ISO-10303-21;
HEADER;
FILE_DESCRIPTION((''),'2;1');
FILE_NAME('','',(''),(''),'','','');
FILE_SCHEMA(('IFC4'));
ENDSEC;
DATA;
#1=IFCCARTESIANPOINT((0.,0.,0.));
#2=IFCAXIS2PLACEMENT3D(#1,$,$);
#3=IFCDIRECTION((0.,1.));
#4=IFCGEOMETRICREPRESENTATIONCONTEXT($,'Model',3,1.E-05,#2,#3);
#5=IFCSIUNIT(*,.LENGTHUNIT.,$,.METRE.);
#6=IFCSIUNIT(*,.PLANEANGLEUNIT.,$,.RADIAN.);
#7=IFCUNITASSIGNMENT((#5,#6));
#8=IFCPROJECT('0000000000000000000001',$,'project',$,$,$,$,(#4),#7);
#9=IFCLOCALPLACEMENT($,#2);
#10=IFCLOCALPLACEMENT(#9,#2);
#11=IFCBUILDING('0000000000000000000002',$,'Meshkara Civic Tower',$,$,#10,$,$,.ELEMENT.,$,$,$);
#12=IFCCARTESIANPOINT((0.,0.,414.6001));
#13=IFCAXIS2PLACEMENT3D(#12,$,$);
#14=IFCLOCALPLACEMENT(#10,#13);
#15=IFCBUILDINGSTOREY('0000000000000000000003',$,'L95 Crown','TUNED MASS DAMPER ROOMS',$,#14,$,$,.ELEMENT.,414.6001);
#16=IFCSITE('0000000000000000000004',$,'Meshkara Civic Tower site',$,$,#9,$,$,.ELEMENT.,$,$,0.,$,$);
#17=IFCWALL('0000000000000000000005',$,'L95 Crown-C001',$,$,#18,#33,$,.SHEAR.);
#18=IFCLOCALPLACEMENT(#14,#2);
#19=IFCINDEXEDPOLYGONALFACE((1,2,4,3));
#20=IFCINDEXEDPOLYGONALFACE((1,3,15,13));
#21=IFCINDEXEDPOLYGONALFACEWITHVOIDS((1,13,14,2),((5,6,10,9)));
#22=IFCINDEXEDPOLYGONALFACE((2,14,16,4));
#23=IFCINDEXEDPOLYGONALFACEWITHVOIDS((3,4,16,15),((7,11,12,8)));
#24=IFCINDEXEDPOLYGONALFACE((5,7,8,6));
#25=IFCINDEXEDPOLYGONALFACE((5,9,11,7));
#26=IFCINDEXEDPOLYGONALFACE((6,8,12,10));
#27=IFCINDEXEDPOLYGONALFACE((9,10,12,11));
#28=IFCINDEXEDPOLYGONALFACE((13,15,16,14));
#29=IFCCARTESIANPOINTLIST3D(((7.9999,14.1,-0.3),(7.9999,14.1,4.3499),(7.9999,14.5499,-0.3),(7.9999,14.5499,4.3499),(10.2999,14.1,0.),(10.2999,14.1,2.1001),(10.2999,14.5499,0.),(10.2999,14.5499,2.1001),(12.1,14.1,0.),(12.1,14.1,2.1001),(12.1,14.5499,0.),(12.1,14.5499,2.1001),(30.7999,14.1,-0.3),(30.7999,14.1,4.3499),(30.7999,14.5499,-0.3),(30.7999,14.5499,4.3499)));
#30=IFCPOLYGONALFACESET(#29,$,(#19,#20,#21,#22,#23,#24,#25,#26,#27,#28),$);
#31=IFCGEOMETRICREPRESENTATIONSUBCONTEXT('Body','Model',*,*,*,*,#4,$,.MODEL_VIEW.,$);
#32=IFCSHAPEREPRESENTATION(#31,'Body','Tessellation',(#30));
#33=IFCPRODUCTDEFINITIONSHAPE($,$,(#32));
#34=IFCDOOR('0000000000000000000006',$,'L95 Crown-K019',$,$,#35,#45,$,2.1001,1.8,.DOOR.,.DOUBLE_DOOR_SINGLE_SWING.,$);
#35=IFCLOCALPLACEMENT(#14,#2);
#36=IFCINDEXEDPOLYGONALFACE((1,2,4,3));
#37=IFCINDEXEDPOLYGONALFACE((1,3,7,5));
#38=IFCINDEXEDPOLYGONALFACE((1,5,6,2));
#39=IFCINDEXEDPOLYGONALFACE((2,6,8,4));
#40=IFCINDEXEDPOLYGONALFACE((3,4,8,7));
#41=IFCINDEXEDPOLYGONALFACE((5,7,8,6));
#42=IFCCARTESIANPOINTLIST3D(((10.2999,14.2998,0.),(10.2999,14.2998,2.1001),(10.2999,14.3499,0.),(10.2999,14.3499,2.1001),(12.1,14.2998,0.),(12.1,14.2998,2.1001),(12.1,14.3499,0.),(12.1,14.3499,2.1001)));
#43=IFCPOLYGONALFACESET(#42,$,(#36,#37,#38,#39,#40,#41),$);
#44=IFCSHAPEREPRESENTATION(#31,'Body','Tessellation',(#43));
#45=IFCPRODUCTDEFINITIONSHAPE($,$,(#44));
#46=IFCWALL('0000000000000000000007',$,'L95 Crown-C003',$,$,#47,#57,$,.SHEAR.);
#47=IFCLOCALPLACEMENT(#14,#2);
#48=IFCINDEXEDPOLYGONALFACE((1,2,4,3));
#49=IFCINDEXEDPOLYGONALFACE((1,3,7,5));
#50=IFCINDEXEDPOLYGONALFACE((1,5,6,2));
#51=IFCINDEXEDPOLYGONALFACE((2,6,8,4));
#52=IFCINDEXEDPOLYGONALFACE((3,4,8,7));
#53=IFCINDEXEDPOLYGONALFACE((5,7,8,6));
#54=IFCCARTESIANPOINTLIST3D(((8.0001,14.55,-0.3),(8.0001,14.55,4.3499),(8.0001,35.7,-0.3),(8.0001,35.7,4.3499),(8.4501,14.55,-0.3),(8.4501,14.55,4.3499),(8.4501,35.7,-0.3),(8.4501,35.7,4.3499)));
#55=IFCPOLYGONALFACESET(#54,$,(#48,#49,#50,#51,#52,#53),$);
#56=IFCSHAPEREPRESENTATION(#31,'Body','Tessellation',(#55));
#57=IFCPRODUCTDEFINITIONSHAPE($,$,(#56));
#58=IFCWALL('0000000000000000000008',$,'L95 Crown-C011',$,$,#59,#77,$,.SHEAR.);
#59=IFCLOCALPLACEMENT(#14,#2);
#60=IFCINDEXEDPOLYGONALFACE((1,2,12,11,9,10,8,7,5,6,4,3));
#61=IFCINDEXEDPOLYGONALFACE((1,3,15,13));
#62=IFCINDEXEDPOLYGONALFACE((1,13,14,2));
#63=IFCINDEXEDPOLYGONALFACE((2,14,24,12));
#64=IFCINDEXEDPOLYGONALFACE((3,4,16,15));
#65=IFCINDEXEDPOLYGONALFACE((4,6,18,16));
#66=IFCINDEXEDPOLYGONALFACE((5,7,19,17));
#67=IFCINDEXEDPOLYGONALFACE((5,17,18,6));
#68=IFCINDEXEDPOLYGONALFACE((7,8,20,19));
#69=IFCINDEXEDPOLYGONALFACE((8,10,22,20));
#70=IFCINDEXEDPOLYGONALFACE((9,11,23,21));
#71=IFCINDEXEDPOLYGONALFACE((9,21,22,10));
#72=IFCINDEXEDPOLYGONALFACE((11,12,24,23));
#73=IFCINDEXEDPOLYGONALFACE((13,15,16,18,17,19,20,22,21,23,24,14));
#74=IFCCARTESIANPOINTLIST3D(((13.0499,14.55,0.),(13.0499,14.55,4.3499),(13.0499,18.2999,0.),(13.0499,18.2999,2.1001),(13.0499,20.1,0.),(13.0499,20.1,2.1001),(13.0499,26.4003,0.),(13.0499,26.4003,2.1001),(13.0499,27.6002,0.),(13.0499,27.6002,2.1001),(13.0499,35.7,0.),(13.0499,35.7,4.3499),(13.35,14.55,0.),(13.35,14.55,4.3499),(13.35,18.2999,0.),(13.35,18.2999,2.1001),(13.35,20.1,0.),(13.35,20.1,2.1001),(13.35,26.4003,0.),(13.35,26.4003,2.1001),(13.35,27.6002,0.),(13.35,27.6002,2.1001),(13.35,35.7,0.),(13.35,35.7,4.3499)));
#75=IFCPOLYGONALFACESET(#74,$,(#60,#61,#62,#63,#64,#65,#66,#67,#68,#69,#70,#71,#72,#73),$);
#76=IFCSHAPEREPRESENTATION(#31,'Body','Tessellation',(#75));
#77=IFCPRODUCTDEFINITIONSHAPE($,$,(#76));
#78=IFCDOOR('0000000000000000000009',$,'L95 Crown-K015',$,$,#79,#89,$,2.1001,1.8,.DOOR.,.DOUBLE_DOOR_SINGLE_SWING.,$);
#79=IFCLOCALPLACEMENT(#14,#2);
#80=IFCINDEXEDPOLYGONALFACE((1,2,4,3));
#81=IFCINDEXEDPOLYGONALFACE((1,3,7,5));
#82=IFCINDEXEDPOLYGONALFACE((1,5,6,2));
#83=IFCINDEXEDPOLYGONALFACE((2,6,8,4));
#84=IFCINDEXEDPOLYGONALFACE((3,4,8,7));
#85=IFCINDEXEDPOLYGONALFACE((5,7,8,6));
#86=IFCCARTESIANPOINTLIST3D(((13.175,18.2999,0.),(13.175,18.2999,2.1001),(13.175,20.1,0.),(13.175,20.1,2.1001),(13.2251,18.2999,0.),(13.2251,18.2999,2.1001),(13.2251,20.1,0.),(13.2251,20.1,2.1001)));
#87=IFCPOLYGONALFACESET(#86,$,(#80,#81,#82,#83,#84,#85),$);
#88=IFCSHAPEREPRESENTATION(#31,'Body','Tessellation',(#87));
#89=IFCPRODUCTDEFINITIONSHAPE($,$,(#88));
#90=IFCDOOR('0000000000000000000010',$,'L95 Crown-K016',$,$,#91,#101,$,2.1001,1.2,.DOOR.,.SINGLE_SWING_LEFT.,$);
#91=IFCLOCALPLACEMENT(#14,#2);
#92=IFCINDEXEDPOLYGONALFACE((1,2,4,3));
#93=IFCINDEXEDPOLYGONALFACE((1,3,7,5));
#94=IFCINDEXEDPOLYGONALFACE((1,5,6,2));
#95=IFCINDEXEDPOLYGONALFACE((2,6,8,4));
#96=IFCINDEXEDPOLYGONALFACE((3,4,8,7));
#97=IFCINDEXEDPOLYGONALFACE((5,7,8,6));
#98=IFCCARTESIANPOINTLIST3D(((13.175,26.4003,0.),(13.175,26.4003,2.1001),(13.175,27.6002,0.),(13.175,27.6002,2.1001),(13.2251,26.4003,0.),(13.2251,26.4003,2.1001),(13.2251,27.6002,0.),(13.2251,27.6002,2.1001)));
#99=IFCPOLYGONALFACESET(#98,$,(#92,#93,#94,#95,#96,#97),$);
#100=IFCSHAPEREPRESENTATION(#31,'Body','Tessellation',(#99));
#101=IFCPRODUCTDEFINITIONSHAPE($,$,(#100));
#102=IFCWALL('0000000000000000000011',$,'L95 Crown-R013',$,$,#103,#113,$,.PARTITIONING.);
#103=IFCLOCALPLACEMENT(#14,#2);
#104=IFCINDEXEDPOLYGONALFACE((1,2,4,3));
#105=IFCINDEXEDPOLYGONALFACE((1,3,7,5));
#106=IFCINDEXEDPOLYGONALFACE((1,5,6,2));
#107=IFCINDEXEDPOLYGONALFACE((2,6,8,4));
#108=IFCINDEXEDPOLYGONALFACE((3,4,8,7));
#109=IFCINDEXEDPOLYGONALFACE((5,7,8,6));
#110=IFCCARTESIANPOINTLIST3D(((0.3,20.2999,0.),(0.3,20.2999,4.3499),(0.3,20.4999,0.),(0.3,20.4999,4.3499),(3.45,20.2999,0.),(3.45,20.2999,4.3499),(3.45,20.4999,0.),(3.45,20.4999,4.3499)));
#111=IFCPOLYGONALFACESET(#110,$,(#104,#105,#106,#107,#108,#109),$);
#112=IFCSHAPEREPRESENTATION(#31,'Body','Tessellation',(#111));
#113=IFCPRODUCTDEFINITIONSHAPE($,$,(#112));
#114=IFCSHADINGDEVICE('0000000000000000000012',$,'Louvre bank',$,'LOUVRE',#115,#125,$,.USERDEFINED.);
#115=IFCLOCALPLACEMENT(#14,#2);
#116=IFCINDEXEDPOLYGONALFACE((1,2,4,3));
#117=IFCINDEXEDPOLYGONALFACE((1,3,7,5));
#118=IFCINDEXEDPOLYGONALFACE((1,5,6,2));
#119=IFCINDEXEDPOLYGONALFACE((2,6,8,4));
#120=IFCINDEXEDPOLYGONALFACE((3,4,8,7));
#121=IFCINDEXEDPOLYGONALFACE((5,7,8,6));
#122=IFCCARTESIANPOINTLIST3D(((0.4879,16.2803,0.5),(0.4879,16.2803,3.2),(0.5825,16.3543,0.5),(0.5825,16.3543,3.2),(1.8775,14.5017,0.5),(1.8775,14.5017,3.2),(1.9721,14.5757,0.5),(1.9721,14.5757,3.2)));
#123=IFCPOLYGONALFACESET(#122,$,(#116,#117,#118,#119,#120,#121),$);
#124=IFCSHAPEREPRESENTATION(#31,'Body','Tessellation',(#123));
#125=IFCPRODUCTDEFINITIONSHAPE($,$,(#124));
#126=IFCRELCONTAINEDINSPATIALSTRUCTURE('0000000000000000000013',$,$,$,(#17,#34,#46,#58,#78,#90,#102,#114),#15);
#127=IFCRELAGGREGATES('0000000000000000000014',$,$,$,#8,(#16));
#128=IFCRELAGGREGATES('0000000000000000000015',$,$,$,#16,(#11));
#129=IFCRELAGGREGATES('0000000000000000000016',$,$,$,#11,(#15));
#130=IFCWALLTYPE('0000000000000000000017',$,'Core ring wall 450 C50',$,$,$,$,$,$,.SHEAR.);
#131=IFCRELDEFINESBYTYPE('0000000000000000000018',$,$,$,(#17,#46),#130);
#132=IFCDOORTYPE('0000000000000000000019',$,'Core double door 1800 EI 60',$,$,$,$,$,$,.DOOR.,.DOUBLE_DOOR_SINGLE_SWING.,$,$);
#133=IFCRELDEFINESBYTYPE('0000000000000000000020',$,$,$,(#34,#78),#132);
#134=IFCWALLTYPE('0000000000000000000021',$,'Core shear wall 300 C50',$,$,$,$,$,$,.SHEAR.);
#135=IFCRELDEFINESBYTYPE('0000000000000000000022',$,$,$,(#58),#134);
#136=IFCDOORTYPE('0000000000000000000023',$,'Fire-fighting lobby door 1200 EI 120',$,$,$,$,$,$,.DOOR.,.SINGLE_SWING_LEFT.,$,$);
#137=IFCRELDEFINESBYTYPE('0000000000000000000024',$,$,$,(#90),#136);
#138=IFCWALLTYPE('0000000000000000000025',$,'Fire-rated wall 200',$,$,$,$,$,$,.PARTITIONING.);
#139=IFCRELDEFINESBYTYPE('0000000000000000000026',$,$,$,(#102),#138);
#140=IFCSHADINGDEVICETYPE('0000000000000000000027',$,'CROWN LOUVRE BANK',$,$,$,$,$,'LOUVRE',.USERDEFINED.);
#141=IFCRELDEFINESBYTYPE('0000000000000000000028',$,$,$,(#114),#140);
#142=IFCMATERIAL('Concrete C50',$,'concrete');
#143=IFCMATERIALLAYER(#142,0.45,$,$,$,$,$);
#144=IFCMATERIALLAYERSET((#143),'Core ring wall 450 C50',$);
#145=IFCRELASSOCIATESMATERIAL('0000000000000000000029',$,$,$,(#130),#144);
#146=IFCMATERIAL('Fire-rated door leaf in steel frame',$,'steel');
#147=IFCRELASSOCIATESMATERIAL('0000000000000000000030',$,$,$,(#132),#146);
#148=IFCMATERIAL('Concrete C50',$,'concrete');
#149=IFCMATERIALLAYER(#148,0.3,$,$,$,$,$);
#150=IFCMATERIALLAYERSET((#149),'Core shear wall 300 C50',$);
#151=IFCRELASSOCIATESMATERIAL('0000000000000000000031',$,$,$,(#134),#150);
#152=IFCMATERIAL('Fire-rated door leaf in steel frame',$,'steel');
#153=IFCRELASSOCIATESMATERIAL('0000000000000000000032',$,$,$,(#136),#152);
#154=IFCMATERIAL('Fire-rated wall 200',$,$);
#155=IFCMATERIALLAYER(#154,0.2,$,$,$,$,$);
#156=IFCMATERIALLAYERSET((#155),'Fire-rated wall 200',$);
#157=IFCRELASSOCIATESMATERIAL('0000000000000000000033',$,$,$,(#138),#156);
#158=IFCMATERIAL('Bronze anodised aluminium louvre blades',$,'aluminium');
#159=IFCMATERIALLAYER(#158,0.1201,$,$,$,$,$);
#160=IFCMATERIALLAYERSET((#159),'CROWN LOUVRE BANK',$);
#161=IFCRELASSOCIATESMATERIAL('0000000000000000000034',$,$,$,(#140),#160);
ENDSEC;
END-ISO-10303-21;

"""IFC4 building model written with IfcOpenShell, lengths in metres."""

from ifc_helpers import new_model, si_unit, direction, frame, frame_2d, origin, origin_2d, place, context, subcontext, project, spatial, rectangle, extrude, material, layer, layer_set, type_object, element, fill, save


model = new_model("IFC4")

# Units and contexts
model_context = context("Model", 3, precision=1e-05, world=origin(), true_north=direction((0.0, 1.0)))
body_context = subcontext(model_context, "Body", "Model", "MODEL_VIEW")
ifc_project = project(units=[si_unit("LENGTHUNIT", "METRE"), si_unit("PLANEANGLEUNIT", "RADIAN")], contexts=[model_context])

# Site, building, storey
site_placement = place(None, origin())
site = spatial("IfcSite", under=ifc_project, at=site_placement, Name="Meshkara Civic Tower site", CompositionType="ELEMENT", RefElevation=0.0)
building_placement = place(site_placement, origin())
building = spatial("IfcBuilding", under=site, at=building_placement, Name="Meshkara Civic Tower", CompositionType="ELEMENT")
storey_placement = place(building_placement, frame((0.0, 0.0, 414.6001)))
storey = spatial("IfcBuildingStorey", under=building, at=storey_placement, Name="L95 Crown", Description="TUNED MASS DAMPER ROOMS", CompositionType="ELEMENT", Elevation=414.6001)

# Wall, opening, door
ifc_material_1 = material(Name="Concrete C50", Category="concrete")
ifc_layer_1 = layer(ifc_material_1, 0.45)
ifc_layer_set_1 = layer_set([ifc_layer_1], Name="Core ring wall 450 C50")
wall_type_1 = type_object("IfcWallType", Name="Core ring wall 450 C50", PredefinedType="SHEAR", material=ifc_layer_set_1)
wall_1_placement = place(storey_placement, frame((8.0, 14.325, -0.3), z_axis=(0.0, 0.0, 1.0), x_axis=(1.0, 0.0, 0.0)))
wall_1 = element("IfcWall", 1, at=wall_1_placement, inside=storey, type_object=wall_type_1, Name="L95 Crown-C001", PredefinedType="SHEAR", context=body_context, shape_type="SweptSolid", body=[
    extrude(rectangle(XDim=22.8, YDim=0.45, at=frame_2d((11.3999, 0.0))), origin(), (0.0, 0.0, 1.0), 4.6499),
])
opening_1_placement = place(wall_1_placement, frame((2.3, 0.0, 0.3)))
opening_1 = element("IfcOpeningElement", 2, at=opening_1_placement, cuts=wall_1, PredefinedType="OPENING", context=body_context, shape_type="SweptSolid", body=[
    extrude(rectangle(XDim=1.8, YDim=2.1001, at=frame_2d((0.8999, 1.05))), frame((0.0, 0.2349, 0.0), z_axis=(0.0, -1.0, 0.0), x_axis=(1.0, 0.0, 0.0)), (0.0, 0.0, 1.0), 0.47),
])
ifc_material_2 = material(Name="Fire-rated door leaf in steel frame", Category="steel")
door_type_1 = type_object("IfcDoorType", Name="Core double door 1800 EI 60", OperationType="DOUBLE_DOOR_SINGLE_SWING", PredefinedType="DOOR", material=ifc_material_2)
door_1_placement = place(opening_1_placement, origin())
door_1 = element("IfcDoor", 3, at=door_1_placement, inside=storey, type_object=door_type_1, Name="L95 Crown-K019", OperationType="DOUBLE_DOOR_SINGLE_SWING", OverallHeight=2.1001, OverallWidth=1.8, PredefinedType="DOOR", context=body_context, shape_type="SweptSolid", body=[
    extrude(rectangle(XDim=1.8, YDim=2.1001, at=frame_2d((0.8999, 1.05))), frame((0.0, 0.0249, 0.0), z_axis=(0.0, -1.0, 0.0), x_axis=(1.0, 0.0, 0.0)), (0.0, 0.0, 1.0), 0.05),
])
fill(opening_1, door_1)

# Wall
wall_2_placement = place(storey_placement, frame((8.2251, 14.55, -0.3), z_axis=(0.0, 0.0, 1.0), x_axis=(0.0, 1.0, 0.0)))
element("IfcWall", 4, at=wall_2_placement, inside=storey, type_object=wall_type_1, Name="L95 Crown-C003", PredefinedType="SHEAR", context=body_context, shape_type="SweptSolid", body=[
    extrude(rectangle(XDim=21.1499, YDim=0.45, at=frame_2d((10.575, 0.0))), origin(), (0.0, 0.0, 1.0), 4.6499),
])

# Wall, openings, doors
ifc_material_3 = material(Name="Concrete C50", Category="concrete")
ifc_layer_2 = layer(ifc_material_3, 0.3)
ifc_layer_set_2 = layer_set([ifc_layer_2], Name="Core shear wall 300 C50")
wall_type_2 = type_object("IfcWallType", Name="Core shear wall 300 C50", PredefinedType="SHEAR", material=ifc_layer_set_2)
wall_3_placement = place(storey_placement, frame((13.2, 14.55, 0.0), z_axis=(0.0, 0.0, 1.0), x_axis=(0.0, 1.0, 0.0)))
wall_3 = element("IfcWall", 5, at=wall_3_placement, inside=storey, type_object=wall_type_2, Name="L95 Crown-C011", PredefinedType="SHEAR", context=body_context, shape_type="SweptSolid", body=[
    extrude(rectangle(XDim=21.1499, YDim=0.3, at=frame_2d((10.575, 0.0))), origin(), (0.0, 0.0, 1.0), 4.3499),
])
opening_2_placement = place(wall_3_placement, frame((3.75, 0.0, 0.0)))
opening_2 = element("IfcOpeningElement", 6, at=opening_2_placement, cuts=wall_3, PredefinedType="OPENING", context=body_context, shape_type="SweptSolid", body=[
    extrude(rectangle(XDim=1.8, YDim=2.1001, at=frame_2d((0.8999, 1.05))), frame((0.0, 0.1599, 0.0), z_axis=(0.0, -1.0, 0.0), x_axis=(1.0, 0.0, 0.0)), (0.0, 0.0, 1.0), 0.3201),
])
opening_3_placement = place(wall_3_placement, frame((11.8501, 0.0, 0.0)))
opening_3 = element("IfcOpeningElement", 7, at=opening_3_placement, cuts=wall_3, PredefinedType="OPENING", context=body_context, shape_type="SweptSolid", body=[
    extrude(rectangle(XDim=1.2, YDim=2.1001, at=frame_2d((0.6001, 1.05))), frame((0.0, 0.1599, 0.0), z_axis=(0.0, -1.0, 0.0), x_axis=(1.0, 0.0, 0.0)), (0.0, 0.0, 1.0), 0.3201),
])
door_2_placement = place(opening_2_placement, origin())
door_2 = element("IfcDoor", 8, at=door_2_placement, inside=storey, type_object=door_type_1, Name="L95 Crown-K015", OperationType="DOUBLE_DOOR_SINGLE_SWING", OverallHeight=2.1001, OverallWidth=1.8, PredefinedType="DOOR", context=body_context, shape_type="SweptSolid", body=[
    extrude(rectangle(XDim=1.8, YDim=2.1001, at=frame_2d((0.8999, 1.05))), frame((0.0, 0.0249, 0.0), z_axis=(0.0, -1.0, 0.0), x_axis=(1.0, 0.0, 0.0)), (0.0, 0.0, 1.0), 0.05),
])
fill(opening_2, door_2)
ifc_material_4 = material(Name="Fire-rated door leaf in steel frame", Category="steel")
door_type_2 = type_object("IfcDoorType", Name="Fire-fighting lobby door 1200 EI 120", OperationType="SINGLE_SWING_LEFT", PredefinedType="DOOR", material=ifc_material_4)
door_3_placement = place(opening_3_placement, origin())
door_3 = element("IfcDoor", 9, at=door_3_placement, inside=storey, type_object=door_type_2, Name="L95 Crown-K016", OperationType="SINGLE_SWING_LEFT", OverallHeight=2.1001, OverallWidth=1.2, PredefinedType="DOOR", context=body_context, shape_type="SweptSolid", body=[
    extrude(rectangle(XDim=1.2, YDim=2.1001, at=frame_2d((0.6001, 1.05))), frame((0.0, 0.0249, 0.0), z_axis=(0.0, -1.0, 0.0), x_axis=(1.0, 0.0, 0.0)), (0.0, 0.0, 1.0), 0.05),
])
fill(opening_3, door_3)

# Wall
ifc_material_5 = material(Name="Fire-rated wall 200")
ifc_layer_3 = layer(ifc_material_5, 0.2)
ifc_layer_set_3 = layer_set([ifc_layer_3], Name="Fire-rated wall 200")
wall_type_3 = type_object("IfcWallType", Name="Fire-rated wall 200", PredefinedType="PARTITIONING", material=ifc_layer_set_3)
wall_4_placement = place(storey_placement, frame((3.45, 20.3999, 0.0), z_axis=(0.0, 0.0, 1.0), x_axis=(-1.0, 0.0, 0.0)))
element("IfcWall", 10, at=wall_4_placement, inside=storey, type_object=wall_type_3, Name="L95 Crown-R013", PredefinedType="PARTITIONING", context=body_context, shape_type="SweptSolid", body=[
    extrude(rectangle(XDim=3.1499, YDim=0.2, at=frame_2d((1.575, 0.0))), origin(), (0.0, 0.0, 1.0), 4.3499),
])

# Shading device
ifc_material_6 = material(Name="Bronze anodised aluminium louvre blades", Category="aluminium")
ifc_layer_4 = layer(ifc_material_6, 0.1201)
ifc_layer_set_4 = layer_set([ifc_layer_4], Name="CROWN LOUVRE BANK")
shading_device_type = type_object("IfcShadingDeviceType", Name="CROWN LOUVRE BANK", ElementType="LOUVRE", PredefinedType="USERDEFINED", material=ifc_layer_set_4)
shading_device_placement = place(storey_placement, frame((1.23, 15.428, 0.5), z_axis=(0.0, 0.0, 1.0), x_axis=(0.615661, -0.788011, 0.0)))
element("IfcShadingDevice", 11, at=shading_device_placement, inside=storey, type_object=shading_device_type, Name="Louvre bank", ObjectType="LOUVRE", PredefinedType="USERDEFINED", context=body_context, shape_type="SweptSolid", body=[
    extrude(rectangle(XDim=2.2571, YDim=0.1201, at=origin_2d()), origin(), (0.0, 0.0, 1.0), 2.7),
])

save(model, "model.ifc")
